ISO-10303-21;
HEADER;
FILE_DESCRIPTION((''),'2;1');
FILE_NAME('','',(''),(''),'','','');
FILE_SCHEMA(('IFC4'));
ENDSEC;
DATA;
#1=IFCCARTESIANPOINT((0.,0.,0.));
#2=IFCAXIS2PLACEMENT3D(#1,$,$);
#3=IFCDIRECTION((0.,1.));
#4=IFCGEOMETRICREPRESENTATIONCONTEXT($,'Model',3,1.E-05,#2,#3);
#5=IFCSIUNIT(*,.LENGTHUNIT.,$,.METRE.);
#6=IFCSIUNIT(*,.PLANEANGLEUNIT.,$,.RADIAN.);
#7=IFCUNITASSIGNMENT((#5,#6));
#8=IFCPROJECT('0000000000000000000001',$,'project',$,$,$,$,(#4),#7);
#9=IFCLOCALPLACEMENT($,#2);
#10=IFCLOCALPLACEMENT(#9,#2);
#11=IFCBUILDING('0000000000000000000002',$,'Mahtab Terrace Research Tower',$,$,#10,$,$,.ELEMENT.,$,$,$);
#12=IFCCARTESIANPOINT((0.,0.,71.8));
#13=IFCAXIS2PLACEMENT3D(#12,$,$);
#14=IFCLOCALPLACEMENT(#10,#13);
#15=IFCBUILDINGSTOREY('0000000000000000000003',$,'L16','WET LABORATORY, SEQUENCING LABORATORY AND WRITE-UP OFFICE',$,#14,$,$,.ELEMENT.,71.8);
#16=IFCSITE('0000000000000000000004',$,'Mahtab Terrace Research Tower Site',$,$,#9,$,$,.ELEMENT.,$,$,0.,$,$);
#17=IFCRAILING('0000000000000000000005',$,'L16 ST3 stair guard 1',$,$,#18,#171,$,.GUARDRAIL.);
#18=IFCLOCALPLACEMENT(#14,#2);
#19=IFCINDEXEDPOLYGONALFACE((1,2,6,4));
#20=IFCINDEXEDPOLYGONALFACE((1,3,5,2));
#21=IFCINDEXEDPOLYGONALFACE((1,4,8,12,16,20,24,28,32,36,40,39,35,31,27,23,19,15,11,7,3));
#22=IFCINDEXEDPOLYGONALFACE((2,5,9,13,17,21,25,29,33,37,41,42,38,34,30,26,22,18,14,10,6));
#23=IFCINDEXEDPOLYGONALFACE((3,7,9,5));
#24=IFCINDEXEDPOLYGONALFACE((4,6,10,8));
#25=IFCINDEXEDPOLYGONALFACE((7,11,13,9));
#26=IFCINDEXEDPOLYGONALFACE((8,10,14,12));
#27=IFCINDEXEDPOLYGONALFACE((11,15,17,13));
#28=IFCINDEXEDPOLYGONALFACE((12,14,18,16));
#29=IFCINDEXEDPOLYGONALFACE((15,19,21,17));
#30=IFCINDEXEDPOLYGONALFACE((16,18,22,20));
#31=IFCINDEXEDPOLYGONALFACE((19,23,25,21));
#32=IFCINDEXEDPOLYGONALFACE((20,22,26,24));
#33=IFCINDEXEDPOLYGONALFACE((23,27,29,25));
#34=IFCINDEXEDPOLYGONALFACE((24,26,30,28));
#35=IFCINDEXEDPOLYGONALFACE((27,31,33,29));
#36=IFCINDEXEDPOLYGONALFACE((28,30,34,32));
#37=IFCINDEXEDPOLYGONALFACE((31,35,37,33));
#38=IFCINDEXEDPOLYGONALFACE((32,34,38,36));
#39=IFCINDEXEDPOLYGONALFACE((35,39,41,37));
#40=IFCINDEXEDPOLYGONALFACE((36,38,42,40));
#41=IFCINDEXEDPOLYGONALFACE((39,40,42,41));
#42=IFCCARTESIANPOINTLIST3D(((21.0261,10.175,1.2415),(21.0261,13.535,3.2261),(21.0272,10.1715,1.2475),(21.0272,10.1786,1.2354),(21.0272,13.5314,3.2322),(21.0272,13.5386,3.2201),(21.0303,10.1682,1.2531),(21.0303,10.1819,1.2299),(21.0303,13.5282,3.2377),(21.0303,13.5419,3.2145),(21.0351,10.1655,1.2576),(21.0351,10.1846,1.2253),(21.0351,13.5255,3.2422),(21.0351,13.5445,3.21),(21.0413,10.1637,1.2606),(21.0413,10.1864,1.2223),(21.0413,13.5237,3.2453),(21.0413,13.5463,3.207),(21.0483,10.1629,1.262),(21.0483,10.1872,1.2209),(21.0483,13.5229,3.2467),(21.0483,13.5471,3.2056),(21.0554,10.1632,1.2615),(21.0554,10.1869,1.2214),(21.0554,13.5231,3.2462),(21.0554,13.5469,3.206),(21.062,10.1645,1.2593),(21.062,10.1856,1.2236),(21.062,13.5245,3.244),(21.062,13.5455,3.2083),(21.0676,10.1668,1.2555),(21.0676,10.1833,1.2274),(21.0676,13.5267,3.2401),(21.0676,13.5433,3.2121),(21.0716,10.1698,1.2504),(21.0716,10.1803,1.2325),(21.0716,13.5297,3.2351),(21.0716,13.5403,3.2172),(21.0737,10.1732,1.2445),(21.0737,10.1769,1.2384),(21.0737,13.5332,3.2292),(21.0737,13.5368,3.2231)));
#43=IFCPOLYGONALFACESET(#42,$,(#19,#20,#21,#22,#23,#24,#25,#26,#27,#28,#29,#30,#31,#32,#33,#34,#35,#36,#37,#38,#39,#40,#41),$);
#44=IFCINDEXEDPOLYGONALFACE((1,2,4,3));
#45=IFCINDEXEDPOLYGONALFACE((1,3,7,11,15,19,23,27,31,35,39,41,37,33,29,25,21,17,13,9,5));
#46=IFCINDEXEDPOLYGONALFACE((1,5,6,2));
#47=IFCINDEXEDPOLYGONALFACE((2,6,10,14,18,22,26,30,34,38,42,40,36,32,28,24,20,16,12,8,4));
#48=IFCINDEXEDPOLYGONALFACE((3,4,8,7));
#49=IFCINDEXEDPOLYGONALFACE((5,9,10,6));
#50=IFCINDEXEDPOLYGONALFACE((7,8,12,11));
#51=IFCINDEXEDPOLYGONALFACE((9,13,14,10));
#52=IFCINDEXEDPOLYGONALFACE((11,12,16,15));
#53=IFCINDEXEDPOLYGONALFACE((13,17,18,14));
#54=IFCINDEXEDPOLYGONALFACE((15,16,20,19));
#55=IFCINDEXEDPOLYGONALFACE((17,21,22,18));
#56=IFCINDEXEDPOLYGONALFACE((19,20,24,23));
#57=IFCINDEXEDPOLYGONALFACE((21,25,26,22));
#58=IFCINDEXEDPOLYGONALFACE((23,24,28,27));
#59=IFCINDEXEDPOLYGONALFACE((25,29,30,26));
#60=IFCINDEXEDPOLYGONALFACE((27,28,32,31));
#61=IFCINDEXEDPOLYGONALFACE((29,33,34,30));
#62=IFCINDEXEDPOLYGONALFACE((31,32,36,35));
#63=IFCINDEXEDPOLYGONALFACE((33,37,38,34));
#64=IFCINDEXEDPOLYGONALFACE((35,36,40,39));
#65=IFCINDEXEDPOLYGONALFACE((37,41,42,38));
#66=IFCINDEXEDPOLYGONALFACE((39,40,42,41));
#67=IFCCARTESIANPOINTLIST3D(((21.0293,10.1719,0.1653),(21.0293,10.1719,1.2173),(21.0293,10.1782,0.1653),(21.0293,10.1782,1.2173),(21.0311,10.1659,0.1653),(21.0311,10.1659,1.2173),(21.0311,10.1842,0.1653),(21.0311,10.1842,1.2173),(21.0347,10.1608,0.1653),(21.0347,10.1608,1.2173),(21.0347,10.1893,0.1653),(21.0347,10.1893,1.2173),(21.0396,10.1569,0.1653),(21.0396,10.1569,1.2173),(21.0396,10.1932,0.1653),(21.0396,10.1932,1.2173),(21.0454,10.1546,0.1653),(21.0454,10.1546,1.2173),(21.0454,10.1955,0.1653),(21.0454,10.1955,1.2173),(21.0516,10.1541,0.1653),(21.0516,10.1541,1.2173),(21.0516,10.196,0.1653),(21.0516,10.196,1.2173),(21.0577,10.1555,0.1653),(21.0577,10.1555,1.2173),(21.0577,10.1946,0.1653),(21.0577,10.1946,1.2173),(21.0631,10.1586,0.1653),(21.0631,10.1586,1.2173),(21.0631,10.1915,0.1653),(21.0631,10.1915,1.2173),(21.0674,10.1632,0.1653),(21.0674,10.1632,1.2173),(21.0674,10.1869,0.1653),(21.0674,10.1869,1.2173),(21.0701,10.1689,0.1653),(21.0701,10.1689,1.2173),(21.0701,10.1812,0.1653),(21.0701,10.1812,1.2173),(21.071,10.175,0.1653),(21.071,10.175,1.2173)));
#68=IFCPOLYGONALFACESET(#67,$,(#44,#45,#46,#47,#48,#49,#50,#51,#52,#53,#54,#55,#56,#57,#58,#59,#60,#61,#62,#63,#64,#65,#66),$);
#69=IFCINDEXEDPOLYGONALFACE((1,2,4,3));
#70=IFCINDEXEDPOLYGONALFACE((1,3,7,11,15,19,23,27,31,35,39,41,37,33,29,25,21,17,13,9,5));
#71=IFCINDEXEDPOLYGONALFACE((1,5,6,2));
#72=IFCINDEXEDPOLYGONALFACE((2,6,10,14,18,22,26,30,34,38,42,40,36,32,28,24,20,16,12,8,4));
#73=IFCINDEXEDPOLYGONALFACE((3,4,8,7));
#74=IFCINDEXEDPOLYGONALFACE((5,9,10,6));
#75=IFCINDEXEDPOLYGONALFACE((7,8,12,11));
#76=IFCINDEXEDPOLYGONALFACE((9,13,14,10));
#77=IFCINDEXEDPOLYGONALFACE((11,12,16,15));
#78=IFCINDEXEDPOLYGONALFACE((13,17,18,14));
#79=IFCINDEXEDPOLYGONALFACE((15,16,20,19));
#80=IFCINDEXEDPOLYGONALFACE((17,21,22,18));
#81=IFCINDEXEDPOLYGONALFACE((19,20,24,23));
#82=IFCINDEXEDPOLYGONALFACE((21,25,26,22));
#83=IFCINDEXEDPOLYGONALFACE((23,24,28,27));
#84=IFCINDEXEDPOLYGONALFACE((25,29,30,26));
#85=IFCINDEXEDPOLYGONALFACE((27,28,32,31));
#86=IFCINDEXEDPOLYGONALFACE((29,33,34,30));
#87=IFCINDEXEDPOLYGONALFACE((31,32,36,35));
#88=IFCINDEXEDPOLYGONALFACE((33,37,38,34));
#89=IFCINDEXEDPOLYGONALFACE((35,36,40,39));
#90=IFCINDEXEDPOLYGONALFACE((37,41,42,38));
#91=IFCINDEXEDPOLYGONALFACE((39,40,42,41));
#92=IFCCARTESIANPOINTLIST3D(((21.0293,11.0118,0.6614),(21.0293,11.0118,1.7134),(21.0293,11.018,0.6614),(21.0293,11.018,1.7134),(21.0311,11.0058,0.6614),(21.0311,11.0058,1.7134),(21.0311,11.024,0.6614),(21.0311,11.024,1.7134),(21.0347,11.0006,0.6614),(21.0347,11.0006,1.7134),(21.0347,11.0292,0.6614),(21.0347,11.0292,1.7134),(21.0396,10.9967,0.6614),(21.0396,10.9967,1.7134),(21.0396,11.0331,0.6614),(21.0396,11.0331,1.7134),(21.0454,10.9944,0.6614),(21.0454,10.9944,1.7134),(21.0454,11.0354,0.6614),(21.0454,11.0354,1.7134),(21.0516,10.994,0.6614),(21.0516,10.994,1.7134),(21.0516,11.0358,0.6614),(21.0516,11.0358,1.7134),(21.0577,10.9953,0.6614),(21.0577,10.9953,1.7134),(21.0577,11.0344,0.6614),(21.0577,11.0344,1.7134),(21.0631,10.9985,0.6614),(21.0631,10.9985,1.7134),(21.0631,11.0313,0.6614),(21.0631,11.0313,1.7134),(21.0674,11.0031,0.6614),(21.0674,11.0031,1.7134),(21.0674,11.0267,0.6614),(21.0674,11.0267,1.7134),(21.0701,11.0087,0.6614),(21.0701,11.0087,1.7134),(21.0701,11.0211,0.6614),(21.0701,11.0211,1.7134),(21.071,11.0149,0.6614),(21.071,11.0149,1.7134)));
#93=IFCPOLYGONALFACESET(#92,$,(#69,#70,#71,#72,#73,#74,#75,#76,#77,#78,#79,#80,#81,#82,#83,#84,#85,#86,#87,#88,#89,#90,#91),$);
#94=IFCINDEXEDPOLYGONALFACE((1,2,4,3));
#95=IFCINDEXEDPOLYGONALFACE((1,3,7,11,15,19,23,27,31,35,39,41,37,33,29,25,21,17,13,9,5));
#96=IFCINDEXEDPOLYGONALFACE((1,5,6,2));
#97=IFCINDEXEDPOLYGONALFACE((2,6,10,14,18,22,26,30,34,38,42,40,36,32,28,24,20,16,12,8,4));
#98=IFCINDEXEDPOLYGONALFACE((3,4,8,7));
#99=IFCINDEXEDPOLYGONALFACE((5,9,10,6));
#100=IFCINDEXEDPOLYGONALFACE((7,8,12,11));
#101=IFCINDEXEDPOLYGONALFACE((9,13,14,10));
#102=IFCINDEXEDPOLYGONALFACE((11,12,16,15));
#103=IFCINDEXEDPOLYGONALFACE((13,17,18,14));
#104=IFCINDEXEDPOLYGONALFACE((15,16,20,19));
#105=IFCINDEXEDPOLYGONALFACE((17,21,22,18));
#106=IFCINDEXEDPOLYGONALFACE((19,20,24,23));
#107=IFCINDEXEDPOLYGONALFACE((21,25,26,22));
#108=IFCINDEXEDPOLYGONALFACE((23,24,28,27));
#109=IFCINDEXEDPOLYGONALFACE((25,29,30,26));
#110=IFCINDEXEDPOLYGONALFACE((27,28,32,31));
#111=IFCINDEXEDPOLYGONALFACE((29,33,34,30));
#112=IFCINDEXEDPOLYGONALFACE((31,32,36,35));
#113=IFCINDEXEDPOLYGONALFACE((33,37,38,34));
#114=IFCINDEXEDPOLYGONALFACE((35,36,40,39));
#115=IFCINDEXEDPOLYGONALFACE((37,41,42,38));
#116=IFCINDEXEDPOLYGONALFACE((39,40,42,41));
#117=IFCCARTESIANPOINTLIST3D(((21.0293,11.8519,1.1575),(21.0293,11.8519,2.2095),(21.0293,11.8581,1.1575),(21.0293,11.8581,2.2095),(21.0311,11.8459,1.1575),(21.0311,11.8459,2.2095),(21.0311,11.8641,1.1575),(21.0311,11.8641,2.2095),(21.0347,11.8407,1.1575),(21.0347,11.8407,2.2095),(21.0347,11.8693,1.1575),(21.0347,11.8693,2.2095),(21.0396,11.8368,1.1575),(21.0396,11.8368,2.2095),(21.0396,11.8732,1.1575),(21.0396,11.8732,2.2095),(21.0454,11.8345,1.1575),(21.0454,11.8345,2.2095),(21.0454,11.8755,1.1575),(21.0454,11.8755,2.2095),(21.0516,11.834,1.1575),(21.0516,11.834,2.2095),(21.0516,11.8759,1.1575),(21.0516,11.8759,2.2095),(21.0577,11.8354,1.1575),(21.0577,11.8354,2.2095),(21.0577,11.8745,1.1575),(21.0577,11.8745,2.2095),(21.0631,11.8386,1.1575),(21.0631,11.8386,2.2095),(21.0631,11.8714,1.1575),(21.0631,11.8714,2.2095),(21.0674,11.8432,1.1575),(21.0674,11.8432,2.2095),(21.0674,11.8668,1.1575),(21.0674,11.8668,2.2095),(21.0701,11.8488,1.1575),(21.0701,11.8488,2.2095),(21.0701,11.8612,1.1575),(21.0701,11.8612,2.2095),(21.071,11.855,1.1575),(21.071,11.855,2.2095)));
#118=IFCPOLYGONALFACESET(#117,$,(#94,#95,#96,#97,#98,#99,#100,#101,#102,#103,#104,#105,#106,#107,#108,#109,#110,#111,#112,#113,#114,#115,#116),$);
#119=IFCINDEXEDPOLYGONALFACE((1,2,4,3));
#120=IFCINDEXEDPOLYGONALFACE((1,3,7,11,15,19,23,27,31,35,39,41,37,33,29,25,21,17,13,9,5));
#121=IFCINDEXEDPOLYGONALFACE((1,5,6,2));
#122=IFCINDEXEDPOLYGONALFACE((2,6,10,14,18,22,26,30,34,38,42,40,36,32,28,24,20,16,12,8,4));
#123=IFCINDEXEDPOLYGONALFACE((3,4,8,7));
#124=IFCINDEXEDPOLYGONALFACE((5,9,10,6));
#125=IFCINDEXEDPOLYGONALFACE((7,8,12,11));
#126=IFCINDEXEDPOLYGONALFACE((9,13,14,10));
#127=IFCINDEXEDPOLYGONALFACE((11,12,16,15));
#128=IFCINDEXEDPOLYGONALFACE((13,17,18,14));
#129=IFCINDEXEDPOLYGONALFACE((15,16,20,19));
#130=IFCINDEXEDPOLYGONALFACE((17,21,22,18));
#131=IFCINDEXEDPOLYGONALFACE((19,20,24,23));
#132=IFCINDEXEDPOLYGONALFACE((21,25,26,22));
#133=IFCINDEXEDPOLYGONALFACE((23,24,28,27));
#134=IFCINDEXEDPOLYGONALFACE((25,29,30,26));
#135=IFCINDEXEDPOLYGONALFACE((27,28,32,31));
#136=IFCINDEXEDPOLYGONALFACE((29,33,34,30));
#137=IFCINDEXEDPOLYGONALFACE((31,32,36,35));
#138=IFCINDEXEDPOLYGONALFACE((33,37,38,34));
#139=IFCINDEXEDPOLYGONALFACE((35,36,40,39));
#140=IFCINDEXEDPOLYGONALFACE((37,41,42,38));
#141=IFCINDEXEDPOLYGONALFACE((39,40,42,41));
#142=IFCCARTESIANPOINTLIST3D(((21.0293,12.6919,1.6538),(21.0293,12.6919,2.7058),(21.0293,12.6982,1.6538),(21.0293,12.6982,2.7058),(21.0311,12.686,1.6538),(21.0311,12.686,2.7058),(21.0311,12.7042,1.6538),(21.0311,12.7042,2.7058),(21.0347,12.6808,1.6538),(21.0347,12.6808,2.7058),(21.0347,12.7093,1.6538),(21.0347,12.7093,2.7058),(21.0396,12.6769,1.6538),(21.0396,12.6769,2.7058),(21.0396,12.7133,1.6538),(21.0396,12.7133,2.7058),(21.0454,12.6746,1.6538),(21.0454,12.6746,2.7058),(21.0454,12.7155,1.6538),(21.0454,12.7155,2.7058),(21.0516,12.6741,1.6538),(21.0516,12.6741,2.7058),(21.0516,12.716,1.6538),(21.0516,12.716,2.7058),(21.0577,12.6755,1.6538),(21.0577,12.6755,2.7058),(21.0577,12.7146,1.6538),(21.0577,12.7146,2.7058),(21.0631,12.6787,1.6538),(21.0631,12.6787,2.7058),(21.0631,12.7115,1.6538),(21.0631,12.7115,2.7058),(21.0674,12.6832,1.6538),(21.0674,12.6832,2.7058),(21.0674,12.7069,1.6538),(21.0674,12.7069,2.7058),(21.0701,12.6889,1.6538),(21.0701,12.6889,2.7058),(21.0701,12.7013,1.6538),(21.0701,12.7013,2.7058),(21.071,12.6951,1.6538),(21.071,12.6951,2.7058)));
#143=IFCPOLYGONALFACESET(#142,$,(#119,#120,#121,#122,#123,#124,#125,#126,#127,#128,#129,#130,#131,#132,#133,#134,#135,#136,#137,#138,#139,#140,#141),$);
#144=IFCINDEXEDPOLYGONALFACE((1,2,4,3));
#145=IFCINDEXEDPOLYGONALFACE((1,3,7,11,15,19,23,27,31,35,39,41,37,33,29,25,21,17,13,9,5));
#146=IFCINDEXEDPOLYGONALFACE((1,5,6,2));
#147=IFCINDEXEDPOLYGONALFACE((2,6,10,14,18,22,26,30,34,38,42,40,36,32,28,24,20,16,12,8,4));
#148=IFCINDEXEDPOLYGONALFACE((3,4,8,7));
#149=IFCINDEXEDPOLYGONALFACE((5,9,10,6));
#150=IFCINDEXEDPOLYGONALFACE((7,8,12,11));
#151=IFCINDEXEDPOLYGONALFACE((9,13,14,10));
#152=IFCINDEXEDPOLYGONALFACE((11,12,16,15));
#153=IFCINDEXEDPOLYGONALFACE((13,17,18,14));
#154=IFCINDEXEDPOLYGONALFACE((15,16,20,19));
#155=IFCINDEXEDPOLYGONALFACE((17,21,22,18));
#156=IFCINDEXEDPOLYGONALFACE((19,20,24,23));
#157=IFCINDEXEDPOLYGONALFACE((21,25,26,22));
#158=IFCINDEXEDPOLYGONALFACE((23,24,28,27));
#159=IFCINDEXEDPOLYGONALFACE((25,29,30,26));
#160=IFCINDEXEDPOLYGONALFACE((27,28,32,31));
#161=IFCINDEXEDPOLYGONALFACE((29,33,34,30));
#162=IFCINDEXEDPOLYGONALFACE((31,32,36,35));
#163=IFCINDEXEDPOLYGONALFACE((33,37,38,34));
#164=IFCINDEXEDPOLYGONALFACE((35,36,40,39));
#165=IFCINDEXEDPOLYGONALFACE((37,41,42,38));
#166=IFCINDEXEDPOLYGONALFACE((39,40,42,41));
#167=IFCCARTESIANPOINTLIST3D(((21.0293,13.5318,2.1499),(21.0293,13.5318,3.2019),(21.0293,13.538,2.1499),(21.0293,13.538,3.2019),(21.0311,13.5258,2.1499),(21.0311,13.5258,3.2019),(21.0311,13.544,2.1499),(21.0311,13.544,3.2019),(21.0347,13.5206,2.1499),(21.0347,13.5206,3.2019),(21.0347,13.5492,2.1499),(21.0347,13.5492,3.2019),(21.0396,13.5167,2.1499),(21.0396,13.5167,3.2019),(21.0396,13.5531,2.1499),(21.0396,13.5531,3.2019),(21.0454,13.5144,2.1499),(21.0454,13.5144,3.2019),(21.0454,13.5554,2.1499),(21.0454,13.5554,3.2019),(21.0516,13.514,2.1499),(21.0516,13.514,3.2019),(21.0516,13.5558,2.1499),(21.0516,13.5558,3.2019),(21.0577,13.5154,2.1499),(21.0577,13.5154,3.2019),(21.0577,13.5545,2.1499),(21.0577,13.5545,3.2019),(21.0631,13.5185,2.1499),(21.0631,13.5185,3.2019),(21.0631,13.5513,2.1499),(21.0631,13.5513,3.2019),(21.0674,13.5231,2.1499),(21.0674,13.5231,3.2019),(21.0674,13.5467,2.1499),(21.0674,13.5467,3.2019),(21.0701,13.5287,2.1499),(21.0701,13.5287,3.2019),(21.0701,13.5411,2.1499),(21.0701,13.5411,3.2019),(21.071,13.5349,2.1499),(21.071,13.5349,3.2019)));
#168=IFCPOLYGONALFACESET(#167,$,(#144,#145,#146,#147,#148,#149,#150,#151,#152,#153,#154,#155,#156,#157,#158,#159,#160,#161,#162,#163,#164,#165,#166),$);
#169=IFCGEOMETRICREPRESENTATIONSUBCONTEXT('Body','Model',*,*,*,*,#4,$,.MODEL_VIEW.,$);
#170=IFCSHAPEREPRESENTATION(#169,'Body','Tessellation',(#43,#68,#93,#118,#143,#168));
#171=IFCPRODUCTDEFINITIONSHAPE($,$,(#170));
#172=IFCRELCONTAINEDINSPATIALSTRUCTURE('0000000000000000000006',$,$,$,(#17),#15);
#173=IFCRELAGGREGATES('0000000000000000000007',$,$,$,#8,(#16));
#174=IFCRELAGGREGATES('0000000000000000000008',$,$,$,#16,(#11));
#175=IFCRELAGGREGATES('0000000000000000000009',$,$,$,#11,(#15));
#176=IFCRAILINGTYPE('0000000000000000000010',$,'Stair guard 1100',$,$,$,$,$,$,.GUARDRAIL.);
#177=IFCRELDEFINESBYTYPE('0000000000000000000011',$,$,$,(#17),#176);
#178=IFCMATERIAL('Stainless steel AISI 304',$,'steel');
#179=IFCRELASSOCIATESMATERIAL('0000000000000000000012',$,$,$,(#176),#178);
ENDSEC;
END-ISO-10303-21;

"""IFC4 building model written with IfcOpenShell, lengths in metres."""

from ifc_helpers import new_model, si_unit, direction, frame, origin, origin_2d, place, context, subcontext, project, spatial, circle, extrude, material, type_object, element, save


model = new_model("IFC4")

# Units and contexts
model_context = context("Model", 3, precision=1e-05, world=origin(), true_north=direction((0.0, 1.0)))
body_context = subcontext(model_context, "Body", "Model", "MODEL_VIEW")
ifc_project = project(units=[si_unit("LENGTHUNIT", "METRE"), si_unit("PLANEANGLEUNIT", "RADIAN")], contexts=[model_context])

# Site, building, storey
site_placement = place(None, origin())
site = spatial("IfcSite", under=ifc_project, at=site_placement, Name="Mahtab Terrace Research Tower Site", CompositionType="ELEMENT", RefElevation=0.0)
building_placement = place(site_placement, origin())
building = spatial("IfcBuilding", under=site, at=building_placement, Name="Mahtab Terrace Research Tower", CompositionType="ELEMENT")
storey_placement = place(building_placement, frame((0.0, 0.0, 71.8)))
storey = spatial("IfcBuildingStorey", under=building, at=storey_placement, Name="L16", Description="WET LABORATORY, SEQUENCING LABORATORY AND WRITE-UP OFFICE", CompositionType="ELEMENT", Elevation=71.8)

# Railing
ifc_material_1 = material(Name="Stainless steel AISI 304", Category="steel")
railing_type_1 = type_object("IfcRailingType", Name="Stair guard 1100", PredefinedType="GUARDRAIL", material=ifc_material_1)
railing_1_placement = place(storey_placement, frame((21.05, 10.175, 0.1653)))
element("IfcRailing", 1, at=railing_1_placement, inside=storey, type_object=railing_type_1, Name="L16 ST3 stair guard 1", PredefinedType="GUARDRAIL", context=body_context, shape_type="SweptSolid", body=[
    extrude(circle(Radius=0.0239, at=origin_2d()), frame((0.0, 0.0, 1.0762), z_axis=(0.0, 0.861011, 0.508586), x_axis=(-1.0, 0.0, 0.0)), (0.0, 0.0, 1.0), 3.9023),
    extrude(circle(Radius=0.021, at=origin_2d()), origin(), (0.0, 0.0, 1.0), 1.052),
    extrude(circle(Radius=0.021, at=origin_2d()), frame((0.0, 0.8398, 0.4961)), (0.0, 0.0, 1.0), 1.052),
    extrude(circle(Radius=0.021, at=origin_2d()), frame((0.0, 1.6799, 0.9922)), (0.0, 0.0, 1.0), 1.052),
    extrude(circle(Radius=0.021, at=origin_2d()), frame((0.0, 2.52, 1.4885)), (0.0, 0.0, 1.0), 1.052),
    extrude(circle(Radius=0.021, at=origin_2d()), frame((0.0, 3.3599, 1.9846)), (0.0, 0.0, 1.0), 1.052),
])

save(model, "model.ifc")
